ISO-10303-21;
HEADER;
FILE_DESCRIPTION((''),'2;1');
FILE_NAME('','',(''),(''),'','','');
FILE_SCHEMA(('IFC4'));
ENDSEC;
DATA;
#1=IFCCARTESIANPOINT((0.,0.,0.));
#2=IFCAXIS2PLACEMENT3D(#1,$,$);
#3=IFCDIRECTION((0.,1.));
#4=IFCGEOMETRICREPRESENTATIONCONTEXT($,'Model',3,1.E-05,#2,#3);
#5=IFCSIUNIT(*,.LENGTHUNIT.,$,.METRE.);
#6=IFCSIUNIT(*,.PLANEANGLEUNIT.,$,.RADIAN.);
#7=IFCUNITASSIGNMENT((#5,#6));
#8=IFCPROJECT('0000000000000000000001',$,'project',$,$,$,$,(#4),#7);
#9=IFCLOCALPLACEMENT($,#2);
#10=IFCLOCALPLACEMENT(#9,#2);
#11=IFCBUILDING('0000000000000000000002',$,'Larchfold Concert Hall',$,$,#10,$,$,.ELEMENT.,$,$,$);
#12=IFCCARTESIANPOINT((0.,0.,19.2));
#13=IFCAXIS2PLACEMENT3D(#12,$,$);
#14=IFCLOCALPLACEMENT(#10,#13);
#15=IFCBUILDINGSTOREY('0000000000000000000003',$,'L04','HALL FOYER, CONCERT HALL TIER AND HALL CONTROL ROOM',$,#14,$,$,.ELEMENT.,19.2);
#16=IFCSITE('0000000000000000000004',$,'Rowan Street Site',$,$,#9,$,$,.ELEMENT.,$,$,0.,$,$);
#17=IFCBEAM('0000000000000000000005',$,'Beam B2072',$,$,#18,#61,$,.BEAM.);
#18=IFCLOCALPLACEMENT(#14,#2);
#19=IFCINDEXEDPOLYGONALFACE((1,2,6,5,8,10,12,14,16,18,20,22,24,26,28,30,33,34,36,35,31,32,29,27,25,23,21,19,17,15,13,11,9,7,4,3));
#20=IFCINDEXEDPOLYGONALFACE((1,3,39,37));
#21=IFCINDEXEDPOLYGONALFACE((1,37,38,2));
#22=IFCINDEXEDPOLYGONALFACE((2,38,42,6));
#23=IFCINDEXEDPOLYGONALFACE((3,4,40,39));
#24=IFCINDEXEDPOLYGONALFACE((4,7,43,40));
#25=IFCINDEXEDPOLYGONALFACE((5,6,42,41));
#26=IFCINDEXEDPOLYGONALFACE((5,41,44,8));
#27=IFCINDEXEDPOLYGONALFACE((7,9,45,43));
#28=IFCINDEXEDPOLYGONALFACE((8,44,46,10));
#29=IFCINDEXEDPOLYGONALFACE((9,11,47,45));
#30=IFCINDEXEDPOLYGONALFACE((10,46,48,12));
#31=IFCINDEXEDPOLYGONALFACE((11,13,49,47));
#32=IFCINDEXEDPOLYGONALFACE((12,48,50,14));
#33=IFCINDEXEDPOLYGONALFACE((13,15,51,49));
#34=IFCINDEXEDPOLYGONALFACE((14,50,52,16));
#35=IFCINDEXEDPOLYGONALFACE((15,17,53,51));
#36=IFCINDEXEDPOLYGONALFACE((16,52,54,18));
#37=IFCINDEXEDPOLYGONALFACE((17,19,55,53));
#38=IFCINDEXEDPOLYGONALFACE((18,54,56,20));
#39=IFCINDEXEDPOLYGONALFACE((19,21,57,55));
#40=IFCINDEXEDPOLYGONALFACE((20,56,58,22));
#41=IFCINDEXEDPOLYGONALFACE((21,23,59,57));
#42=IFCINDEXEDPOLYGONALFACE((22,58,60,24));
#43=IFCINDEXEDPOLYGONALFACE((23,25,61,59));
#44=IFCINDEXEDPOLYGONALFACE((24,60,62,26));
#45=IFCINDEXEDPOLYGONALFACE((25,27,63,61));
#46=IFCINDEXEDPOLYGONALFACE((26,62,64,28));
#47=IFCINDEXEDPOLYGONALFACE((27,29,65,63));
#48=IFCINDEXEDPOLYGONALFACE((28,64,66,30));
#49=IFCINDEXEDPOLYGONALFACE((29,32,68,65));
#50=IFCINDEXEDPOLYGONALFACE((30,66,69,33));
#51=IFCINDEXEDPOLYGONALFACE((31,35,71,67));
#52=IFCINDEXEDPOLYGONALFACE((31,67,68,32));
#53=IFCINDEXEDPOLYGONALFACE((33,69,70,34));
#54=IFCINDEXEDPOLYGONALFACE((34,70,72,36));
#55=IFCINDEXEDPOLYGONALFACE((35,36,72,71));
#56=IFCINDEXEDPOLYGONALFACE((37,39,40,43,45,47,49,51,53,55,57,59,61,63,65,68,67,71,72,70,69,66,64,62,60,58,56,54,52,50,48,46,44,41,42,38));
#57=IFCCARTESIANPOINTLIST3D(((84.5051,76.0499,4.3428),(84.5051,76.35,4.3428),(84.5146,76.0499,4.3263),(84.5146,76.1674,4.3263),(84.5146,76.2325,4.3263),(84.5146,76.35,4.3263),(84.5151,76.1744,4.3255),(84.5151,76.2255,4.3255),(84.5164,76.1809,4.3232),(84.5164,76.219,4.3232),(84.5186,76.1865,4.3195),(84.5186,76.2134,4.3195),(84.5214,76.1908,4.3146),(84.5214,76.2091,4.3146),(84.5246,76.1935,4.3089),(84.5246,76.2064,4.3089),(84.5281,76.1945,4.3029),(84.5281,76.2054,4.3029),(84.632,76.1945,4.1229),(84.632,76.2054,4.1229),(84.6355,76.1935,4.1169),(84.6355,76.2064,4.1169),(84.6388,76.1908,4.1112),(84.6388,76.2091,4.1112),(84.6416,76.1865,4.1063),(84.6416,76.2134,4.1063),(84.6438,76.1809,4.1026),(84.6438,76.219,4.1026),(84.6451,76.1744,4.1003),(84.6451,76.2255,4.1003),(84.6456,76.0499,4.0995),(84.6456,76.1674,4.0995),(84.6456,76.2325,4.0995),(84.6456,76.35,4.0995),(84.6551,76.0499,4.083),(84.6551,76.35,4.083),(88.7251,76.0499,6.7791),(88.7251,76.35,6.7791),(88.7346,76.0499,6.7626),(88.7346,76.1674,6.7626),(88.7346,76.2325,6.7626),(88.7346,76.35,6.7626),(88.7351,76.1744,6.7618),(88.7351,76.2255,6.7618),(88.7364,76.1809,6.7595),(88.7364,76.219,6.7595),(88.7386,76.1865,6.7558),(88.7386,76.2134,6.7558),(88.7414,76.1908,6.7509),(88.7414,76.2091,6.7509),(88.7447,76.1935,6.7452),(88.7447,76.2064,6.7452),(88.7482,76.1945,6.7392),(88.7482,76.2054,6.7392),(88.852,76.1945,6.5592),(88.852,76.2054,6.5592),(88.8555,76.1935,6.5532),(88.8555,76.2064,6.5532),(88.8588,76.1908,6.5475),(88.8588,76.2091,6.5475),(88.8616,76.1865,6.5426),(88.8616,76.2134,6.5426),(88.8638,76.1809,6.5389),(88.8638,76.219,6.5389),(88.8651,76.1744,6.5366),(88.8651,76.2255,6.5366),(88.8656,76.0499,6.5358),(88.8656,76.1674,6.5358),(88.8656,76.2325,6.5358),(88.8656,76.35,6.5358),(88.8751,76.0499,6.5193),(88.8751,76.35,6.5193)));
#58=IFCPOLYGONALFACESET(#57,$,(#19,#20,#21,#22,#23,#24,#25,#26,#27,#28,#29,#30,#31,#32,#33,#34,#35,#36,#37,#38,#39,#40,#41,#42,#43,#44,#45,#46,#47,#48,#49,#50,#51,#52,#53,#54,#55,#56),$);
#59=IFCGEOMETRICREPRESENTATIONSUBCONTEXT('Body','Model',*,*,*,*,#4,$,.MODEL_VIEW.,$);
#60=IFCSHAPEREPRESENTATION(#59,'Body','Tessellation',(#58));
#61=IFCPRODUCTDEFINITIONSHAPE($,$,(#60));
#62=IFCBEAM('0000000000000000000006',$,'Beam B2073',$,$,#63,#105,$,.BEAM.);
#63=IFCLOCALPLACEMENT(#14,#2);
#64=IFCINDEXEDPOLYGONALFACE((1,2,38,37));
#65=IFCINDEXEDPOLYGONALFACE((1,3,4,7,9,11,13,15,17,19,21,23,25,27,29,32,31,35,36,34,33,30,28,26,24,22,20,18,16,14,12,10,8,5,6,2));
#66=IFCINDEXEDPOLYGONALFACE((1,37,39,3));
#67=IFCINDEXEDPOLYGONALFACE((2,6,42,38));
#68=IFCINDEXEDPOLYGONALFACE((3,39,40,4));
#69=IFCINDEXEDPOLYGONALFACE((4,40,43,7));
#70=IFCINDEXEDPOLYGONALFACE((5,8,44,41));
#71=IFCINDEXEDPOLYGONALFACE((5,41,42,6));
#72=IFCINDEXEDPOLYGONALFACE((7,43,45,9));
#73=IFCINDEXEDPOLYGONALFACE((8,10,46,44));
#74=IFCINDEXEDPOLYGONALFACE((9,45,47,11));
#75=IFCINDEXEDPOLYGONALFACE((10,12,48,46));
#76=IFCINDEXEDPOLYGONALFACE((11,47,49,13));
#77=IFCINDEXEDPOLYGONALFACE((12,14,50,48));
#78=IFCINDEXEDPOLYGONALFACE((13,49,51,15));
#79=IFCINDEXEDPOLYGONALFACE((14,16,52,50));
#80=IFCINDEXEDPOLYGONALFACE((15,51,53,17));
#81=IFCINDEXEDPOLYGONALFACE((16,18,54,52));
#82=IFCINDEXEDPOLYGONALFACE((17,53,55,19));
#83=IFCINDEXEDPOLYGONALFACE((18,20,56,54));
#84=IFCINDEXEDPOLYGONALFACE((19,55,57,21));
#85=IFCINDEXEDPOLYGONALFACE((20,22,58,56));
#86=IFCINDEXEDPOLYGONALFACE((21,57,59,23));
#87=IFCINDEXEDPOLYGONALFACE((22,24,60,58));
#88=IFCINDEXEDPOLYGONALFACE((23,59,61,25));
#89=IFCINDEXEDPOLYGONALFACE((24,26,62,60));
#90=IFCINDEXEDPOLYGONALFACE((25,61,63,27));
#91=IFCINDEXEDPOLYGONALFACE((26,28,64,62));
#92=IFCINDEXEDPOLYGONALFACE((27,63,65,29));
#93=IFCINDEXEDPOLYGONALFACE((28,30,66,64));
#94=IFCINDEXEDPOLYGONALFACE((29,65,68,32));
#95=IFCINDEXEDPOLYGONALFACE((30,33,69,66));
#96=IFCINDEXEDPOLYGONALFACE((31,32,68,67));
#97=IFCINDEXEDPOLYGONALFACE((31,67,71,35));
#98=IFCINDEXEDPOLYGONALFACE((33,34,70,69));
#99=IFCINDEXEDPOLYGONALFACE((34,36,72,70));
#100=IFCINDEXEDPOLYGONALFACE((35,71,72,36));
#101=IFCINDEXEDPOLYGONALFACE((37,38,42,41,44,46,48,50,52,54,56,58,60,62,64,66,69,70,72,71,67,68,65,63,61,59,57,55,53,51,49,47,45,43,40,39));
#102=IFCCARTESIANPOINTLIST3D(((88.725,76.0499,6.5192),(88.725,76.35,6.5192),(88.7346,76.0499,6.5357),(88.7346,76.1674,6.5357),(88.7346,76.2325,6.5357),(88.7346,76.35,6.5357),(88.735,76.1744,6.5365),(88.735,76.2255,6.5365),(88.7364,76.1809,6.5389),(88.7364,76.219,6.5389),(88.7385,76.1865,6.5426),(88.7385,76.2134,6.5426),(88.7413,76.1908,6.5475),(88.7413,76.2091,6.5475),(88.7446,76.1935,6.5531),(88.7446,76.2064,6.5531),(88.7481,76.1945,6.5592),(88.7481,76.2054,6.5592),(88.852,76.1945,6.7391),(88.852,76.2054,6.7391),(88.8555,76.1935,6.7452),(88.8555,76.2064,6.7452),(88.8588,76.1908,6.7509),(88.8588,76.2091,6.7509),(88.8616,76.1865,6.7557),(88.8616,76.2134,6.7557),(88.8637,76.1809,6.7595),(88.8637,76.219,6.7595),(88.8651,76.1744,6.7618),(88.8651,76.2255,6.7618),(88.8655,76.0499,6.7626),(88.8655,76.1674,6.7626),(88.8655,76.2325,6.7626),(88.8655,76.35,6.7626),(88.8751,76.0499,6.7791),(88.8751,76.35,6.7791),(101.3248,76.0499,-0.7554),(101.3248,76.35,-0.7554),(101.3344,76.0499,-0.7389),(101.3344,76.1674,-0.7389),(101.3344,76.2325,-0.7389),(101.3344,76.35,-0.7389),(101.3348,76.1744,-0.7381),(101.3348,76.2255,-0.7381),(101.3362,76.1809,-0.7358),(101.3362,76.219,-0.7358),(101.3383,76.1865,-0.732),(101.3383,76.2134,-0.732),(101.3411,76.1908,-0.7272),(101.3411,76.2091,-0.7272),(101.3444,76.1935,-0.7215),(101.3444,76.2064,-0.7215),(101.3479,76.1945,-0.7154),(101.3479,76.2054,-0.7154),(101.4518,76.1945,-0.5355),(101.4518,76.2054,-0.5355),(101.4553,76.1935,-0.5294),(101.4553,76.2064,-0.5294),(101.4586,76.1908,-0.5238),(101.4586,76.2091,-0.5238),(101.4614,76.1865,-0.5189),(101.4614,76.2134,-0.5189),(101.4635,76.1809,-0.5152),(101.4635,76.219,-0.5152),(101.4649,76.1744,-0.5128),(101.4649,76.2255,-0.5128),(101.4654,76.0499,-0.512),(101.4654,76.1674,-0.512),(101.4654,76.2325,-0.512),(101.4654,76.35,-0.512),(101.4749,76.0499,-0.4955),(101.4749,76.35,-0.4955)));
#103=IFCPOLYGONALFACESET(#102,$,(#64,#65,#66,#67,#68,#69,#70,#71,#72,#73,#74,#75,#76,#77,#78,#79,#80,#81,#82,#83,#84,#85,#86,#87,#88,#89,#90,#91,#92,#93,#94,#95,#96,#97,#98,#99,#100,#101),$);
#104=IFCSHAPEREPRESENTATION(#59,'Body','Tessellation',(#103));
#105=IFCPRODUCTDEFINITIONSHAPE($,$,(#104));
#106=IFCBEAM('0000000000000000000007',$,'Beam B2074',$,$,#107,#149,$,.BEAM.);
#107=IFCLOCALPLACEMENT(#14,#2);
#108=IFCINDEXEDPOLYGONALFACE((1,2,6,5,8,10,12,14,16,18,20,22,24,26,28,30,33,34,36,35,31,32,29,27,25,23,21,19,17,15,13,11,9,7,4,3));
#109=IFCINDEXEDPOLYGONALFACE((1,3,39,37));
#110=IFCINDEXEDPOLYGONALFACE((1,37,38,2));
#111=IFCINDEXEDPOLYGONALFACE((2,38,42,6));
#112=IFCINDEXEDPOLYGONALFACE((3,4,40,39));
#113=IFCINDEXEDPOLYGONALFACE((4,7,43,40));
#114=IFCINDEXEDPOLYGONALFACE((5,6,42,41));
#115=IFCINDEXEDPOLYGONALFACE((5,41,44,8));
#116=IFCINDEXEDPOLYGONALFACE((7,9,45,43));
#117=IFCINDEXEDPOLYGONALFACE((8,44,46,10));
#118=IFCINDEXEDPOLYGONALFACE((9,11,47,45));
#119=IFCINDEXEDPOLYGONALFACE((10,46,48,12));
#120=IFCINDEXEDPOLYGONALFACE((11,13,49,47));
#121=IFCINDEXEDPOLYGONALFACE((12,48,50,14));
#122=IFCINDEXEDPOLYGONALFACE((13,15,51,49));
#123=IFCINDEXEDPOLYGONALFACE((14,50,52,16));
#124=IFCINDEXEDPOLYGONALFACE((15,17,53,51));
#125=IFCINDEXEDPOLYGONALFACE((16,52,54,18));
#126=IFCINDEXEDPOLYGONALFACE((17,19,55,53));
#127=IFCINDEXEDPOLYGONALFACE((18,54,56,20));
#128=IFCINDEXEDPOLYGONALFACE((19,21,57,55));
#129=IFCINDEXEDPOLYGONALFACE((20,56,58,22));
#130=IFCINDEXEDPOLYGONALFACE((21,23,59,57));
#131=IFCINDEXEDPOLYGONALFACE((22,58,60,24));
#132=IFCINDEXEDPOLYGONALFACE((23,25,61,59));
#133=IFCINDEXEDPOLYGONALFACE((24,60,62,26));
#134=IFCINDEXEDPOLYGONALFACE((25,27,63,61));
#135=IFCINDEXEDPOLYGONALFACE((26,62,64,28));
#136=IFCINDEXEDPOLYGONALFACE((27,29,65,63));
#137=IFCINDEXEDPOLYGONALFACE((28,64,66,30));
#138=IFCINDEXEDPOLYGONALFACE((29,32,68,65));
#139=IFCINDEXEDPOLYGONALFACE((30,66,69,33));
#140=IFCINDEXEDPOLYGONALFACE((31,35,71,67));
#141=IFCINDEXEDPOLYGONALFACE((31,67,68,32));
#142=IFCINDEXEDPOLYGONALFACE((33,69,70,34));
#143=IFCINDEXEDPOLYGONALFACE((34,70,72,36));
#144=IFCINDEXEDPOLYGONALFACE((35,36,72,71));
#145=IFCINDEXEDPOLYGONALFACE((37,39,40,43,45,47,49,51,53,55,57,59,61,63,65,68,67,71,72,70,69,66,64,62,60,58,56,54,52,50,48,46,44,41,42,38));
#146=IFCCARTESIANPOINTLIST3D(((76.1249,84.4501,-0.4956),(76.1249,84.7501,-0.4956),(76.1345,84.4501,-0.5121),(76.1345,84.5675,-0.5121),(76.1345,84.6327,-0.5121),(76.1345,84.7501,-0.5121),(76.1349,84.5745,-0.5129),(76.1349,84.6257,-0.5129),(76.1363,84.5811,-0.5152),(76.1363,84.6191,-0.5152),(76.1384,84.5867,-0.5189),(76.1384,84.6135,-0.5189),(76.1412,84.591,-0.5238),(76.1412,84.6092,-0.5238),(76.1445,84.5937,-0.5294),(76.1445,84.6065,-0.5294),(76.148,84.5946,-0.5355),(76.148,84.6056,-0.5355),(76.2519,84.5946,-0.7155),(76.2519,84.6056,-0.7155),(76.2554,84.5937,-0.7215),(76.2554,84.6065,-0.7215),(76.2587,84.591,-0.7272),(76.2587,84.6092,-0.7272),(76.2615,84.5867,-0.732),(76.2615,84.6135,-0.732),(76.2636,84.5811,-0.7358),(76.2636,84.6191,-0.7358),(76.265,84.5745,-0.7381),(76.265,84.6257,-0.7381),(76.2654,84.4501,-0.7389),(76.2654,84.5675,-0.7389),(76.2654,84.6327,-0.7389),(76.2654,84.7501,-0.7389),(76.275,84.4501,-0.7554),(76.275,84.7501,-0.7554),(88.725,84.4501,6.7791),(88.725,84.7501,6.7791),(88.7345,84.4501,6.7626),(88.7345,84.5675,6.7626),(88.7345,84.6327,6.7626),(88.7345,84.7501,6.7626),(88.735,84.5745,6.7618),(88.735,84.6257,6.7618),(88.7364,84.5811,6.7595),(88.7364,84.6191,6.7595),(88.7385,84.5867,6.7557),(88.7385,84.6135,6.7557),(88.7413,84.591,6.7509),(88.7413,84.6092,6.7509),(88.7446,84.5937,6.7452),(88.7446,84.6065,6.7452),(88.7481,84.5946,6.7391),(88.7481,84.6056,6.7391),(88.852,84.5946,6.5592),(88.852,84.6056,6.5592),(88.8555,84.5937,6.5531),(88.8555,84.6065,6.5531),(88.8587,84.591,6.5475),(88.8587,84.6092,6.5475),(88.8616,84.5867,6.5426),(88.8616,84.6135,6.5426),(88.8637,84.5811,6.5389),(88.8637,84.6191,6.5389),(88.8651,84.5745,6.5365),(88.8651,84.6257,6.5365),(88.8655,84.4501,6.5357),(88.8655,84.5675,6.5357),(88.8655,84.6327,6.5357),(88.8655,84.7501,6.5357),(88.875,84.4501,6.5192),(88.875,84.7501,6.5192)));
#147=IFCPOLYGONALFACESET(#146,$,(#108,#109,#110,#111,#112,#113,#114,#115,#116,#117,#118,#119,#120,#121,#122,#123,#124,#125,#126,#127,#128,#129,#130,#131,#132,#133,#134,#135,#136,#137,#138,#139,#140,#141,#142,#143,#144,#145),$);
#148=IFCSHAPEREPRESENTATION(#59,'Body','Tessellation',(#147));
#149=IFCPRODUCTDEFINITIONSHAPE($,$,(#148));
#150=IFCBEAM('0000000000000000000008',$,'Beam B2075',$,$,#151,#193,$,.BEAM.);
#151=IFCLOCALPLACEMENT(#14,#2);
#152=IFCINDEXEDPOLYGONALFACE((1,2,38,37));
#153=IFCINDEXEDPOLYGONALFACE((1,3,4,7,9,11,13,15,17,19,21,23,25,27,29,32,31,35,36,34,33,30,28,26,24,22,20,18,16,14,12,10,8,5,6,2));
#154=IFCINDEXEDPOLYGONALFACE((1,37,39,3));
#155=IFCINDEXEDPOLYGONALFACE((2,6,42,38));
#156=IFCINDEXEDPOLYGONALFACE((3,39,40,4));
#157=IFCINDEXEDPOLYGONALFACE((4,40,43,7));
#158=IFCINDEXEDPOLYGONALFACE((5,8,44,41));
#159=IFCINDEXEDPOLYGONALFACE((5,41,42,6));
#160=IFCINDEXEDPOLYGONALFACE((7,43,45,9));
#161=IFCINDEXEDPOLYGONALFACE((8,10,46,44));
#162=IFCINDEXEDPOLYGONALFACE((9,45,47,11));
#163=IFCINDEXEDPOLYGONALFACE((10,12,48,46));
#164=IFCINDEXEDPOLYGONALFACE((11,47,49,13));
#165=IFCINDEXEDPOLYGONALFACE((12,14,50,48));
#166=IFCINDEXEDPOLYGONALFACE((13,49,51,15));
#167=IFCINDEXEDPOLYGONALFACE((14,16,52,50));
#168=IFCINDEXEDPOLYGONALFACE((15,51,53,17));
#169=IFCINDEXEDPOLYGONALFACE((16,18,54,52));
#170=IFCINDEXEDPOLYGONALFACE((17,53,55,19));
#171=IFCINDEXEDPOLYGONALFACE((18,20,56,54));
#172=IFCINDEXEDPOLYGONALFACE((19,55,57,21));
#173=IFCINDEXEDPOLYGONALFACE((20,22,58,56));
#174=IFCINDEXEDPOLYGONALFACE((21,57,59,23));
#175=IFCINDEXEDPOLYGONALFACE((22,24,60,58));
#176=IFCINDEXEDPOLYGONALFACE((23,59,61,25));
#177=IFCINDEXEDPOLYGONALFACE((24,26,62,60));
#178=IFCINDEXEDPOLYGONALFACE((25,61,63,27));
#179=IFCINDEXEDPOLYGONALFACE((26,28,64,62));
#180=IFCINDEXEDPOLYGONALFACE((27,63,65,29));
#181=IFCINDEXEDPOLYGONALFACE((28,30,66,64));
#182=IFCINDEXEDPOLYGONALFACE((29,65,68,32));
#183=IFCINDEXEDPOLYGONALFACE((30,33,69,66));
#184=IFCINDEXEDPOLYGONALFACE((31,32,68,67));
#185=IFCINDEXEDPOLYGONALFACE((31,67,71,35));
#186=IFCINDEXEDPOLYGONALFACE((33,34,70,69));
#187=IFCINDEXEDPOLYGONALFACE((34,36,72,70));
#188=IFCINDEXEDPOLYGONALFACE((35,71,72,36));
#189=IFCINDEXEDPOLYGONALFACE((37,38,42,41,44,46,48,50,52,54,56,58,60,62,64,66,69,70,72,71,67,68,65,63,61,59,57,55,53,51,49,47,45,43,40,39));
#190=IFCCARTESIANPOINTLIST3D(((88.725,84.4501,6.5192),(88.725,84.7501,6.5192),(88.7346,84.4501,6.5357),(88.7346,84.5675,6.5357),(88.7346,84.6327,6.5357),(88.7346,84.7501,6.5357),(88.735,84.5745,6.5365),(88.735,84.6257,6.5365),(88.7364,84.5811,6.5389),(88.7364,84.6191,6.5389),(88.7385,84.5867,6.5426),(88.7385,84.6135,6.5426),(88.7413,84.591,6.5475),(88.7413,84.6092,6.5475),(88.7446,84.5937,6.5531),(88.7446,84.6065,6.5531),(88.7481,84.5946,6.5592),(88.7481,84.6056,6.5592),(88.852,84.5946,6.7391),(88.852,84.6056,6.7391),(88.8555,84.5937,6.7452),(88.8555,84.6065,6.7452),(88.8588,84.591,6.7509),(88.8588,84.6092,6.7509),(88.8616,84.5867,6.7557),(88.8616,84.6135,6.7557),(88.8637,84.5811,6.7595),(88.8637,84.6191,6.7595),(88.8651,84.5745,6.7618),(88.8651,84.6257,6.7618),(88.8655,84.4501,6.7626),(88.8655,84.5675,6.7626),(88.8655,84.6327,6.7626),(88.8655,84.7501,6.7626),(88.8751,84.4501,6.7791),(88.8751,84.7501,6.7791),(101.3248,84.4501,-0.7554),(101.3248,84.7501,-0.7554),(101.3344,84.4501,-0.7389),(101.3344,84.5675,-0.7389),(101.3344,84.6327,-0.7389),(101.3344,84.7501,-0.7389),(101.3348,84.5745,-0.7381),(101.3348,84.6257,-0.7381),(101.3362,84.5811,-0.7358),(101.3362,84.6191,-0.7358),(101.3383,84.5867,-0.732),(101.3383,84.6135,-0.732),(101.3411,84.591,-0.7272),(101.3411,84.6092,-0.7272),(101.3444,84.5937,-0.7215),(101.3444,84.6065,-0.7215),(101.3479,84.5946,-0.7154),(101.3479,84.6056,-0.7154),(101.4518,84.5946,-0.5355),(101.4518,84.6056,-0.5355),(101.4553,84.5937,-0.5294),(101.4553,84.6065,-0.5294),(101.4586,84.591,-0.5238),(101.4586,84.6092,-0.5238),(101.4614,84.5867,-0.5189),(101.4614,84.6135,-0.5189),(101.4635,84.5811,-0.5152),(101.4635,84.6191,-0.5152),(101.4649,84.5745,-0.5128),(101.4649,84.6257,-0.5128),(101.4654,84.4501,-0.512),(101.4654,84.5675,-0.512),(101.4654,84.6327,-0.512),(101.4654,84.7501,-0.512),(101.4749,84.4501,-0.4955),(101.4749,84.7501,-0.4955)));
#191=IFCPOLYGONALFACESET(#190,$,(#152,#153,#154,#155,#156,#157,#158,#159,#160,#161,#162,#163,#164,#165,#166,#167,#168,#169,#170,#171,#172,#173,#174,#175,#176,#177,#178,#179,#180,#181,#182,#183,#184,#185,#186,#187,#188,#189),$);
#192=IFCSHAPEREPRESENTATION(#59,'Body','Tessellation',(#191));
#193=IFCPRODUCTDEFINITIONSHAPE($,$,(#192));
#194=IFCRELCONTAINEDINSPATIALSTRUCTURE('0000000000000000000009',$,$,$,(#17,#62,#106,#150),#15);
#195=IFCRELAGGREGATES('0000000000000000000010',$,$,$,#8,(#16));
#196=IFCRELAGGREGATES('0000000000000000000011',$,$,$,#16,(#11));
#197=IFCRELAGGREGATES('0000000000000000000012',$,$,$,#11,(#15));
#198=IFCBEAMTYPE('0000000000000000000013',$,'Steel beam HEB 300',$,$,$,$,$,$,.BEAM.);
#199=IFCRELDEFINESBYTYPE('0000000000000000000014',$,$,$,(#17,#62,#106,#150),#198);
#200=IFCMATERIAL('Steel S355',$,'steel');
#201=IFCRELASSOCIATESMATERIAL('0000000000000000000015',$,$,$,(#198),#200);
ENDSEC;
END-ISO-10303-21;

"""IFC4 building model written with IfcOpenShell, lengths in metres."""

from ifc_helpers import new_model, si_unit, direction, frame, origin, origin_2d, place, context, subcontext, project, spatial, i_section, extrude, material, material_profile, profile_set, type_object, element, save


model = new_model("IFC4")

# Units and contexts
model_context = context("Model", 3, precision=1e-05, world=origin(), true_north=direction((0.0, 1.0)))
body_context = subcontext(model_context, "Body", "Model", "MODEL_VIEW")
ifc_project = project(units=[si_unit("LENGTHUNIT", "METRE"), si_unit("PLANEANGLEUNIT", "RADIAN")], contexts=[model_context])

# Site, building, storey
site_placement = place(None, origin())
site = spatial("IfcSite", under=ifc_project, at=site_placement, Name="Rowan Street Site", CompositionType="ELEMENT", RefElevation=0.0)
building_placement = place(site_placement, origin())
building = spatial("IfcBuilding", under=site, at=building_placement, Name="Larchfold Concert Hall", CompositionType="ELEMENT")
storey_placement = place(building_placement, frame((0.0, 0.0, 19.2)))
storey = spatial("IfcBuildingStorey", under=building, at=storey_placement, Name="L04", Description="HALL FOYER, CONCERT HALL TIER AND HALL CONTROL ROOM", CompositionType="ELEMENT", Elevation=19.2)

# Beams
ifc_material_1 = material(Name="Steel S355", Category="steel")
ifc_material_profile_1 = material_profile(ifc_material_1, i_section(OverallWidth=0.3, OverallDepth=0.3, WebThickness=0.011, FlangeThickness=0.019, FilletRadius=0.0271, at=origin_2d()))
ifc_profile_set_1 = profile_set([ifc_material_profile_1], Name="Steel S355")
beam_type_1 = type_object("IfcBeamType", Name="Steel beam HEB 300", PredefinedType="BEAM", material=ifc_profile_set_1)
beam_1_placement = place(storey_placement, frame((84.5801, 76.2, 4.2129), z_axis=(0.866036, 0.0, 0.499981), x_axis=(0.0, 1.0, 0.0)))
element("IfcBeam", 1, at=beam_1_placement, inside=storey, type_object=beam_type_1, Name="Beam B2072", PredefinedType="BEAM", context=body_context, shape_type="SweptSolid", body=[
    extrude(i_section(OverallWidth=0.3, OverallDepth=0.3, WebThickness=0.011, FlangeThickness=0.019, FilletRadius=0.0271, at=origin_2d()), origin(), (0.0, 0.0, 1.0), 4.8728),
])
beam_2_placement = place(storey_placement, frame((88.8, 76.2, 6.6492), z_axis=(0.866022, 0.0, -0.500007), x_axis=(0.0, 1.0, 0.0)))
element("IfcBeam", 2, at=beam_2_placement, inside=storey, type_object=beam_type_1, Name="Beam B2073", PredefinedType="BEAM", context=body_context, shape_type="SweptSolid", body=[
    extrude(i_section(OverallWidth=0.3, OverallDepth=0.3, WebThickness=0.011, FlangeThickness=0.019, FilletRadius=0.0271, at=origin_2d()), origin(), (0.0, 0.0, 1.0), 14.5491),
])
beam_3_placement = place(storey_placement, frame((76.2, 84.6001, -0.6255), z_axis=(0.866026, 0.0, 0.499999), x_axis=(0.0, 1.0, 0.0)))
element("IfcBeam", 3, at=beam_3_placement, inside=storey, type_object=beam_type_1, Name="Beam B2074", PredefinedType="BEAM", context=body_context, shape_type="SweptSolid", body=[
    extrude(i_section(OverallWidth=0.3, OverallDepth=0.3, WebThickness=0.011, FlangeThickness=0.019, FilletRadius=0.0271, at=origin_2d()), origin(), (0.0, 0.0, 1.0), 14.5493),
])
beam_4_placement = place(storey_placement, frame((88.8, 84.6001, 6.6492), z_axis=(0.866022, 0.0, -0.500007), x_axis=(0.0, 1.0, 0.0)))
element("IfcBeam", 4, at=beam_4_placement, inside=storey, type_object=beam_type_1, Name="Beam B2075", PredefinedType="BEAM", context=body_context, shape_type="SweptSolid", body=[
    extrude(i_section(OverallWidth=0.3, OverallDepth=0.3, WebThickness=0.011, FlangeThickness=0.019, FilletRadius=0.0271, at=origin_2d()), origin(), (0.0, 0.0, 1.0), 14.5491),
])

save(model, "model.ifc")
